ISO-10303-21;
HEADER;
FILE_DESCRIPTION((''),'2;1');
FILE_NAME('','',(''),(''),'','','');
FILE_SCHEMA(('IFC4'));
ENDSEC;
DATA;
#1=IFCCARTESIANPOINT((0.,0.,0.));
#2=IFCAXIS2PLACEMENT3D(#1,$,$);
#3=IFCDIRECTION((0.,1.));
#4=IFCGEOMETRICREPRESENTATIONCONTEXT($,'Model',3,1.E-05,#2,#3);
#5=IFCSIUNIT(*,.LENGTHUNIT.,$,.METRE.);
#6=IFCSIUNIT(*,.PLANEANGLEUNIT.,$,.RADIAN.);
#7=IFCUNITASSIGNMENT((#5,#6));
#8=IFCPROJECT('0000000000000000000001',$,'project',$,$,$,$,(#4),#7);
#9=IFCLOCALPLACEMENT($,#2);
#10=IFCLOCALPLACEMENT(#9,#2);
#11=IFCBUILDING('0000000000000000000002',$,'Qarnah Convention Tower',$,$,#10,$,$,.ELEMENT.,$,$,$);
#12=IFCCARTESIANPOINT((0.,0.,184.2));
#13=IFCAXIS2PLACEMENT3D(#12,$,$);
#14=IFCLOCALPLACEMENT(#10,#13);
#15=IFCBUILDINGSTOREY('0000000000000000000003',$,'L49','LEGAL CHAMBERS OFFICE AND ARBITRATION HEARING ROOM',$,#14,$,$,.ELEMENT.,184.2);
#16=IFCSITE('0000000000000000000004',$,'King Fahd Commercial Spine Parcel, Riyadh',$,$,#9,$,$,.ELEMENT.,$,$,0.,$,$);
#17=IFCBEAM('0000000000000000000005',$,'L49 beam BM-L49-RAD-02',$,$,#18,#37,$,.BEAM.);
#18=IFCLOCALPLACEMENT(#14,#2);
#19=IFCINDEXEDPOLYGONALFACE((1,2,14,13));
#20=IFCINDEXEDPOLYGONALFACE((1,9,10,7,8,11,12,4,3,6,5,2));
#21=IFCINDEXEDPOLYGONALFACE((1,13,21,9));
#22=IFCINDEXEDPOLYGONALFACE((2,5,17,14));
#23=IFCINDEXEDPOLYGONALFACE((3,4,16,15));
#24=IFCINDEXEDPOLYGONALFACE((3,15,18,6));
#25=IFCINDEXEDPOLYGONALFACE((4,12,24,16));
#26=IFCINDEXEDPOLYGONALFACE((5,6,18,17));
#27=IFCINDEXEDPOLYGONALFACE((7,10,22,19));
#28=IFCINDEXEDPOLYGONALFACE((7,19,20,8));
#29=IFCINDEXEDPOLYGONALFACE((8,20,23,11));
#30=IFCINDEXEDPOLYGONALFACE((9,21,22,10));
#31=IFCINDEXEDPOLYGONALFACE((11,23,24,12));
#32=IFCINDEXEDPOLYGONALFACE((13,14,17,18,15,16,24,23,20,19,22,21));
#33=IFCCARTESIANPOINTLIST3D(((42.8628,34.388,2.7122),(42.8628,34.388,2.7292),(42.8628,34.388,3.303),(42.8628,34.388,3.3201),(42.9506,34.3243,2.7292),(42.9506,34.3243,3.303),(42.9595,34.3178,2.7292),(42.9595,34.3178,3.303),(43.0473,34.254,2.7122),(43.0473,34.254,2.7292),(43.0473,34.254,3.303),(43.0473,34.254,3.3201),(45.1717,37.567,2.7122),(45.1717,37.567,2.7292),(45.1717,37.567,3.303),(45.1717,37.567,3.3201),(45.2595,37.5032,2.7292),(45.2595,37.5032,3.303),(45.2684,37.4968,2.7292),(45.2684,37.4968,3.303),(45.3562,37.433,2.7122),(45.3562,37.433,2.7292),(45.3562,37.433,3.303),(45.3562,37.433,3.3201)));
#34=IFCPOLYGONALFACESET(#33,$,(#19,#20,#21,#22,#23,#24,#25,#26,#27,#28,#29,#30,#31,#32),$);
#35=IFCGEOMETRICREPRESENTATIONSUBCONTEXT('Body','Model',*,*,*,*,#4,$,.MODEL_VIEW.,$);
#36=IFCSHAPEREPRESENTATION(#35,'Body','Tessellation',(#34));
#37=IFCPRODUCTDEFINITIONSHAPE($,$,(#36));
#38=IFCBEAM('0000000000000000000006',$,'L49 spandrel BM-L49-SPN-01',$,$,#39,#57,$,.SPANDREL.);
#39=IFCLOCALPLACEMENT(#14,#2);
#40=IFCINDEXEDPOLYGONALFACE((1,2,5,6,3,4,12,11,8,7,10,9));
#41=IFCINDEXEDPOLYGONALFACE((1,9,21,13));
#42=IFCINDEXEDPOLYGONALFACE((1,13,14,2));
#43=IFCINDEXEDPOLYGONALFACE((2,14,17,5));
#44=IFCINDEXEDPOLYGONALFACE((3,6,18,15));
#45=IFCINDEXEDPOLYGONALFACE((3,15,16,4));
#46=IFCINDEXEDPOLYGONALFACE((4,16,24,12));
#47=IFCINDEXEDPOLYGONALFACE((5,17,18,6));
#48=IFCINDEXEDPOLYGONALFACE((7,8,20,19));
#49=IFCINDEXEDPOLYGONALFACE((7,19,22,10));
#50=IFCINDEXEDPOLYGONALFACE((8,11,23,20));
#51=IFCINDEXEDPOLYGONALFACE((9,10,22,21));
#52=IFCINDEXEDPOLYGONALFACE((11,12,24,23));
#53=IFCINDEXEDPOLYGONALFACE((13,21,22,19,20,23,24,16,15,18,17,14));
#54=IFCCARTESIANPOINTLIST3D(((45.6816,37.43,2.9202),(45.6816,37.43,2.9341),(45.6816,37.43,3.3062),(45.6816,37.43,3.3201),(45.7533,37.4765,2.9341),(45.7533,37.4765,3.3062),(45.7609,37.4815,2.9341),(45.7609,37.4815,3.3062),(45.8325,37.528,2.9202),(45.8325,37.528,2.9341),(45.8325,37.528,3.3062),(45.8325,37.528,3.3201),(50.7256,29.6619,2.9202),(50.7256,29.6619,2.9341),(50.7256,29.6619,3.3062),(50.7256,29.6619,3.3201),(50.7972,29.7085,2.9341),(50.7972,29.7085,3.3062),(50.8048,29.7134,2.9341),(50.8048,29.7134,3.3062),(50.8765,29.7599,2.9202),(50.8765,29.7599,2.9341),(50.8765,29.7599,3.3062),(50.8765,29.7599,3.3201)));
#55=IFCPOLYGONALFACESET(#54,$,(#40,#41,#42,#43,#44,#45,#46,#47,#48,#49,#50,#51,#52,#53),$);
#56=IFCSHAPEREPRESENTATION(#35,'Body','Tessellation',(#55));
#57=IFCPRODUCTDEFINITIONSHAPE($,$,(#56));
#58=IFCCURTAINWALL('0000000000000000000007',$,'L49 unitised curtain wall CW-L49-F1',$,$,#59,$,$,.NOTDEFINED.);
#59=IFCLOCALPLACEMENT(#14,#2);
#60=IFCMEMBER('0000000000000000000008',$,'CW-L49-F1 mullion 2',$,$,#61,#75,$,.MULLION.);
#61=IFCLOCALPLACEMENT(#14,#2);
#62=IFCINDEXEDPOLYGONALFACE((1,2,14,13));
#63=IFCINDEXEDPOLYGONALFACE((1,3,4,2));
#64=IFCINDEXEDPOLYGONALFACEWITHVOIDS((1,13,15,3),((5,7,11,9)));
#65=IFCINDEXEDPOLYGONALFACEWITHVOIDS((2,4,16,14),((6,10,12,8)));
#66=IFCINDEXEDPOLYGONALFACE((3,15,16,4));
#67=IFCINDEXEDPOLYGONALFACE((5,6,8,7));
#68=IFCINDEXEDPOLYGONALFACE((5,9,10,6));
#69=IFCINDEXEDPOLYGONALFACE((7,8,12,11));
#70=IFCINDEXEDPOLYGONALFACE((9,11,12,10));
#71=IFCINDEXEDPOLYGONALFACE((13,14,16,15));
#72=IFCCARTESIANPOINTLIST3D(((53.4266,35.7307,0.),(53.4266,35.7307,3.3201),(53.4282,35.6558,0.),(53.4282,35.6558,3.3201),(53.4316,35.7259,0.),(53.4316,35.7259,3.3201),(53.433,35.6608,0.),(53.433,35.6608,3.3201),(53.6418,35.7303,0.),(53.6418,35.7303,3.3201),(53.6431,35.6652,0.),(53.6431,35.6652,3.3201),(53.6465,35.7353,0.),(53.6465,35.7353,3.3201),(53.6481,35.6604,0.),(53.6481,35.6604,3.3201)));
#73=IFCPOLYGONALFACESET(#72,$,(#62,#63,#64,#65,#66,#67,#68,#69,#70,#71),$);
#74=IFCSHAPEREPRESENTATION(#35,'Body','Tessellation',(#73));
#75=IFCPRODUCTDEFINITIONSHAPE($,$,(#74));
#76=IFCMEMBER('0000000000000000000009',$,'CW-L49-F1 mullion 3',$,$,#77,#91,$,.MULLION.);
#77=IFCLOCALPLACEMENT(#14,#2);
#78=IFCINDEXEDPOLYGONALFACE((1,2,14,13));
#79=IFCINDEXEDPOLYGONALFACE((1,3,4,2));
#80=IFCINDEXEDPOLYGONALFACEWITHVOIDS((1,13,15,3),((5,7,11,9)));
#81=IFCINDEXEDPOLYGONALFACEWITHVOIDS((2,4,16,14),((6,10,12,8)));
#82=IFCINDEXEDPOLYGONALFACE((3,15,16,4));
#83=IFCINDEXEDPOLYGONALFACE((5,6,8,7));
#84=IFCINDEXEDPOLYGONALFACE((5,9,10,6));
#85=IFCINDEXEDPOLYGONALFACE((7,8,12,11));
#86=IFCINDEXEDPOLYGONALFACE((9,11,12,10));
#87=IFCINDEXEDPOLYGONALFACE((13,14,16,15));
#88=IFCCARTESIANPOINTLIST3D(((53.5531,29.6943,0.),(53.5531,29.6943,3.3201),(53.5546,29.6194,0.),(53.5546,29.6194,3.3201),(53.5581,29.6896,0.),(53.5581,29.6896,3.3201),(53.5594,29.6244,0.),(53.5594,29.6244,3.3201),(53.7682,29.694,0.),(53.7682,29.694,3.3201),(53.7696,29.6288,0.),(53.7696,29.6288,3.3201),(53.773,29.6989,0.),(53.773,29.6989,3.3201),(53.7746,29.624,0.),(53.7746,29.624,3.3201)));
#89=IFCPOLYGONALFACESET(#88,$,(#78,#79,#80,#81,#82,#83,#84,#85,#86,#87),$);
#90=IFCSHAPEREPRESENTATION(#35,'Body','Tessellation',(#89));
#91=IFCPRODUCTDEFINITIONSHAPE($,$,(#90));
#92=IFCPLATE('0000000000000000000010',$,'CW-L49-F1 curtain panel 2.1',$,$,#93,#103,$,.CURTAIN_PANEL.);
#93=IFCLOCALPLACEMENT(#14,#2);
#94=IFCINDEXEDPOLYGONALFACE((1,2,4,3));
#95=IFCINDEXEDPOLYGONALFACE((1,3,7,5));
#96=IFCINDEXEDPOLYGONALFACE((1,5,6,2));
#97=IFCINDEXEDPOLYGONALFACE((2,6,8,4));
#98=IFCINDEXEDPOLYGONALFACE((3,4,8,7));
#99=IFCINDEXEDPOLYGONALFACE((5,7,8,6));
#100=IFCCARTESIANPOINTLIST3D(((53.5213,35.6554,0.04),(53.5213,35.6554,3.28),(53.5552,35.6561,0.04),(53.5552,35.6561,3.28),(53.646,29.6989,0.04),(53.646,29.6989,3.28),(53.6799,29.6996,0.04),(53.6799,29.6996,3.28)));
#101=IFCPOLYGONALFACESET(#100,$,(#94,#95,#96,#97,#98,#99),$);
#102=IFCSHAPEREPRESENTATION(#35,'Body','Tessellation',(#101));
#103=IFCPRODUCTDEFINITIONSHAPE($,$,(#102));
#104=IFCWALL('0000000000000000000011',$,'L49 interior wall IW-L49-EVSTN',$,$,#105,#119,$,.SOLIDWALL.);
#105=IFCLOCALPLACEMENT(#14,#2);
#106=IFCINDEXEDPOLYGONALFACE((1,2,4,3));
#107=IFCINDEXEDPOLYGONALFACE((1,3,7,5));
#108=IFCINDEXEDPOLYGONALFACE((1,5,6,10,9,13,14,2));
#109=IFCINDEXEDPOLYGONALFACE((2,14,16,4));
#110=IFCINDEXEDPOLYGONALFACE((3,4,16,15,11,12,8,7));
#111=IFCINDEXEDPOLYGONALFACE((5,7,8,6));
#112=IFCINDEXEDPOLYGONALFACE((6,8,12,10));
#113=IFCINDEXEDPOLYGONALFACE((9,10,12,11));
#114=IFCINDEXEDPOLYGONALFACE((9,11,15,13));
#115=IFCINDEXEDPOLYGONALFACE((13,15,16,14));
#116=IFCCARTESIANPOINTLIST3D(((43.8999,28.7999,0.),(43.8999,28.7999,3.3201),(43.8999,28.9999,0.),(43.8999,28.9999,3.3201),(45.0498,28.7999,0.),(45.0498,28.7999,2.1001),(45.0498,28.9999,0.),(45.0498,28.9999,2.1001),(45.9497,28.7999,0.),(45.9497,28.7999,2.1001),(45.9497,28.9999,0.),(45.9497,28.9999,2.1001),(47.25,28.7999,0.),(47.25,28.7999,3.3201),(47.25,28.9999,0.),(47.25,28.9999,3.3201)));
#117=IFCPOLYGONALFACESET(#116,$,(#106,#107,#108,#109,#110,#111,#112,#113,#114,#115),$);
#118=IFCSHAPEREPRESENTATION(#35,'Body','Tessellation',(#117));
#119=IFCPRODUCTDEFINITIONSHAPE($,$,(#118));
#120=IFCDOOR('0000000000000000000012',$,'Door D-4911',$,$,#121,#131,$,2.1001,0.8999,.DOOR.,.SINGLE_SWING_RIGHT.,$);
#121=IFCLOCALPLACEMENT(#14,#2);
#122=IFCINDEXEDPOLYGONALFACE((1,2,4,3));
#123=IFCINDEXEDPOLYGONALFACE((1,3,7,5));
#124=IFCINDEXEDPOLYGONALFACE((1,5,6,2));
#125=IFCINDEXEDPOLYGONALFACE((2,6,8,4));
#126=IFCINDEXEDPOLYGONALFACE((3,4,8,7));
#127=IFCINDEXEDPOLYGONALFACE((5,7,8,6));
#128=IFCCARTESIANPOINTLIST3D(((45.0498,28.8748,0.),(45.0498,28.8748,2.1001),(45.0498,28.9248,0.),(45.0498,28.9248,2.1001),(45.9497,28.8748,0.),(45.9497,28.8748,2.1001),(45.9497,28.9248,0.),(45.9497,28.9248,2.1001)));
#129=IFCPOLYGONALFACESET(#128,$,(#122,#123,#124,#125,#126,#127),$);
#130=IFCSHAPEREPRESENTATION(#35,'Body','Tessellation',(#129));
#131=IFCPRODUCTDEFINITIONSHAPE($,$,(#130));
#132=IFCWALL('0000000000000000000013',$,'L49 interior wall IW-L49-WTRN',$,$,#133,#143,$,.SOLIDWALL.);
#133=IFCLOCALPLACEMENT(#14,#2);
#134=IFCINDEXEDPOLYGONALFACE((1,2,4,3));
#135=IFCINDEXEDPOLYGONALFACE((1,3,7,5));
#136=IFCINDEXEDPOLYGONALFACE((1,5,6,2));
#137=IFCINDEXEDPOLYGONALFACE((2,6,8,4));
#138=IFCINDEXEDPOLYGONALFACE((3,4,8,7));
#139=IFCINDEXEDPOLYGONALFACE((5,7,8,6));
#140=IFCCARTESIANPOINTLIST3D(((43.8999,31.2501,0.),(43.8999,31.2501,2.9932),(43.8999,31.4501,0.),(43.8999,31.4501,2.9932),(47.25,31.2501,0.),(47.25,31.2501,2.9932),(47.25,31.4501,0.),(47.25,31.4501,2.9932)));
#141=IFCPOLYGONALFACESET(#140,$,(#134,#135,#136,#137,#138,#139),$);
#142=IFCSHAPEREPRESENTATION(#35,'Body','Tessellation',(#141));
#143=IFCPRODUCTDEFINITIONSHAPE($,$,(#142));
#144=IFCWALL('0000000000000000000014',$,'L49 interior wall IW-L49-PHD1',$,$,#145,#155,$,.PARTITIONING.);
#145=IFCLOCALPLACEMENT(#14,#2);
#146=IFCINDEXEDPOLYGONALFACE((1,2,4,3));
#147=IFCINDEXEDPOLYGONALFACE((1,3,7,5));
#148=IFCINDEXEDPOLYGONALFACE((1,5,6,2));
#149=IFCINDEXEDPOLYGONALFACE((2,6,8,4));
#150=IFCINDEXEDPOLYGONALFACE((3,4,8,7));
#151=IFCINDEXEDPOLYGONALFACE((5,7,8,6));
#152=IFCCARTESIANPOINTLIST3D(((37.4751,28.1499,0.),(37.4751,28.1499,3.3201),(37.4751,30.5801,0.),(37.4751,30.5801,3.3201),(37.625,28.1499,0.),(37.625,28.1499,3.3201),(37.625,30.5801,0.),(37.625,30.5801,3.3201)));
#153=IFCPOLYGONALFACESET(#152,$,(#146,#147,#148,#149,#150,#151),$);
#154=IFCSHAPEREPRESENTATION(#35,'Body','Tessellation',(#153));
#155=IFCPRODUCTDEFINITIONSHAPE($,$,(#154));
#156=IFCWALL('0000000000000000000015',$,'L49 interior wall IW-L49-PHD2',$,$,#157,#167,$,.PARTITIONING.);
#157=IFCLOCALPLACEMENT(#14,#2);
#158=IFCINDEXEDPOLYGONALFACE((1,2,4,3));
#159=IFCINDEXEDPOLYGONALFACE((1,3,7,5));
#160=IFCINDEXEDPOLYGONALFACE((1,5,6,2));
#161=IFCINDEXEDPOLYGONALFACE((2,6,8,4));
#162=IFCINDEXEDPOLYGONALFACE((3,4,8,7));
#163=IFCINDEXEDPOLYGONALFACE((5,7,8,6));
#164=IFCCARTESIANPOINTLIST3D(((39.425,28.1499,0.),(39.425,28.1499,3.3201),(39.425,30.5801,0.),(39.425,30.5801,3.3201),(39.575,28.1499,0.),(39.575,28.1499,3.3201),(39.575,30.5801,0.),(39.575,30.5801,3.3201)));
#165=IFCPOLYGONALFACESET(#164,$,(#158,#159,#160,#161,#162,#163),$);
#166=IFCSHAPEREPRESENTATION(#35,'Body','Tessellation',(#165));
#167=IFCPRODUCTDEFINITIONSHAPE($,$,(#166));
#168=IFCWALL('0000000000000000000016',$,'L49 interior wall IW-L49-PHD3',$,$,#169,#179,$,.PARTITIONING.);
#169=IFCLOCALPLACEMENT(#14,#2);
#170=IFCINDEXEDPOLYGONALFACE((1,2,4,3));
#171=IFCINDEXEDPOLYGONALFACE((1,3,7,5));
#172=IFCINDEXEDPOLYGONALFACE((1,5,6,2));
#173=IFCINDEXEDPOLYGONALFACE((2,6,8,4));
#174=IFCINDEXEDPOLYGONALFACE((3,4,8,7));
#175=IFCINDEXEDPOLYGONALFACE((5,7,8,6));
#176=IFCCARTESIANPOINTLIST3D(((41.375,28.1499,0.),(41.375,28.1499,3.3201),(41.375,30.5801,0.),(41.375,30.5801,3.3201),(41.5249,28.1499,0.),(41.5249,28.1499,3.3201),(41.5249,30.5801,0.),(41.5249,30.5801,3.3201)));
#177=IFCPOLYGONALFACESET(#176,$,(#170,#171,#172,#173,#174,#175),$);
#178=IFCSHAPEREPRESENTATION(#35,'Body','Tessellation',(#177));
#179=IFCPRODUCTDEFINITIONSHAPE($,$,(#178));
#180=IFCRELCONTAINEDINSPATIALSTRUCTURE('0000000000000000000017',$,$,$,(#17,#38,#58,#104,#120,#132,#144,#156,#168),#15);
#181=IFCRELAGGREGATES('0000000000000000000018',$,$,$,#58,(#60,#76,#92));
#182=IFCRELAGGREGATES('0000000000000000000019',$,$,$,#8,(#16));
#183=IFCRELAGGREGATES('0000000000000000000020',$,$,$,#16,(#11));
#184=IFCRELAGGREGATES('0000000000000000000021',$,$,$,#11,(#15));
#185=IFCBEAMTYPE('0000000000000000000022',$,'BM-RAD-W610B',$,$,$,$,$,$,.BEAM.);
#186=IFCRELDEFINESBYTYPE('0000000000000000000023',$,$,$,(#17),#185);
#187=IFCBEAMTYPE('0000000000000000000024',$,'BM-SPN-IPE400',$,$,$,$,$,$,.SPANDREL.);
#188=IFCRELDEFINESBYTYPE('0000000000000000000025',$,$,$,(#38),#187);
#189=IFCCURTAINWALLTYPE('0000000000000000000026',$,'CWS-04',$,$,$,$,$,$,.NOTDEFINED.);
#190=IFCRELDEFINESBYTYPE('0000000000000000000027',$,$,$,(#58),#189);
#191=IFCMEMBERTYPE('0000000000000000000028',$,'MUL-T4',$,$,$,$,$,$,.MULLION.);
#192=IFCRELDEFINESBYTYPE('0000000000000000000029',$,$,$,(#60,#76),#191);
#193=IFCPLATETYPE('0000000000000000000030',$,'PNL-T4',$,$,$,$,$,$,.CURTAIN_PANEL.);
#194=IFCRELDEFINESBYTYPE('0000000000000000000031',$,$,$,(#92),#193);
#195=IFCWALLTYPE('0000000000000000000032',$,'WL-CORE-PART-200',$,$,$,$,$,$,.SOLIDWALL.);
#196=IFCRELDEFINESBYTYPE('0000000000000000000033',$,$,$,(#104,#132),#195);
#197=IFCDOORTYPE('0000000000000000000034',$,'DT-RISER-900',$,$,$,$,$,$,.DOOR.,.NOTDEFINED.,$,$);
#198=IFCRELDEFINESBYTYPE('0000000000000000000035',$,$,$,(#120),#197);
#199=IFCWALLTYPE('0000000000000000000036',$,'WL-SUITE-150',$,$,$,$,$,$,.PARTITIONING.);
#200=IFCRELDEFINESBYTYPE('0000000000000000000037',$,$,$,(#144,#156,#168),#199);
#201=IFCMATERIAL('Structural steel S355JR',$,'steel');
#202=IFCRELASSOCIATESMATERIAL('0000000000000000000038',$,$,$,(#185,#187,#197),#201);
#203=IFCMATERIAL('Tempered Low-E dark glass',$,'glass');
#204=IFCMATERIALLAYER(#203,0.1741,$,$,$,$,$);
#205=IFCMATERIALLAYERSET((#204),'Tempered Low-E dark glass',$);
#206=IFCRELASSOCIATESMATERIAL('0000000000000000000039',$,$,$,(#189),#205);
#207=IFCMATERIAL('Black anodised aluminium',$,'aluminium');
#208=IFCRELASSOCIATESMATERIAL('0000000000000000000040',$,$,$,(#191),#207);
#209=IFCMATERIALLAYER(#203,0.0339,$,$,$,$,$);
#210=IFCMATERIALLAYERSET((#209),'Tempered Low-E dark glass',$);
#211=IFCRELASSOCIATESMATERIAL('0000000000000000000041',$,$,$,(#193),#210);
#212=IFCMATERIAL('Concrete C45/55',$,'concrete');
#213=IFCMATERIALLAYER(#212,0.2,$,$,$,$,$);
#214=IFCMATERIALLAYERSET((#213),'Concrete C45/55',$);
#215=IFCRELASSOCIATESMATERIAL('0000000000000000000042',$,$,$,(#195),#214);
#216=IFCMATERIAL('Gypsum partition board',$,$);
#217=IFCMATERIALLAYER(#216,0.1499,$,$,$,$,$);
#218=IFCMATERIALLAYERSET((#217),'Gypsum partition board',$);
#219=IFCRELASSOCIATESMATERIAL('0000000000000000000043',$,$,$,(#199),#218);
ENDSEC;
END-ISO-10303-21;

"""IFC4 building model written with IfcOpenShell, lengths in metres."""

from ifc_helpers import new_model, si_unit, direction, frame, frame_2d, origin, origin_2d, place, context, subcontext, project, spatial, rectangle, hollow_rectangle, i_section, extrude, material, layer, layer_set, material_profile, profile_set, type_object, element, fill, aggregate, save


model = new_model("IFC4")

# Units and contexts
model_context = context("Model", 3, precision=1e-05, world=origin(), true_north=direction((0.0, 1.0)))
body_context = subcontext(model_context, "Body", "Model", "MODEL_VIEW")
ifc_project = project(units=[si_unit("LENGTHUNIT", "METRE"), si_unit("PLANEANGLEUNIT", "RADIAN")], contexts=[model_context])

# Site, building, storey
site_placement = place(None, origin())
site = spatial("IfcSite", under=ifc_project, at=site_placement, Name="King Fahd Commercial Spine Parcel, Riyadh", CompositionType="ELEMENT", RefElevation=0.0)
building_placement = place(site_placement, origin())
building = spatial("IfcBuilding", under=site, at=building_placement, Name="Qarnah Convention Tower", CompositionType="ELEMENT")
storey_placement = place(building_placement, frame((0.0, 0.0, 184.2)))
storey = spatial("IfcBuildingStorey", under=building, at=storey_placement, Name="L49", Description="LEGAL CHAMBERS OFFICE AND ARBITRATION HEARING ROOM", CompositionType="ELEMENT", Elevation=184.2)

# Beams
ifc_material_1 = material(Name="Structural steel S355JR", Category="steel")
ifc_material_profile_1 = material_profile(ifc_material_1, i_section(OverallWidth=0.228, OverallDepth=0.6079, WebThickness=0.011, FlangeThickness=0.0171, at=origin_2d()), Name="W610X113")
ifc_profile_set_1 = profile_set([ifc_material_profile_1], Name="Structural steel S355JR")
beam_type_1 = type_object("IfcBeamType", Name="BM-RAD-W610B", PredefinedType="BEAM", material=ifc_profile_set_1)
beam_1_placement = place(storey_placement, frame((42.9551, 34.321, 3.0161), z_axis=(0.587651, 0.809115, 0.0), x_axis=(-0.809115, 0.587651, 0.0)))
element("IfcBeam", 1, at=beam_1_placement, inside=storey, type_object=beam_type_1, Name="L49 beam BM-L49-RAD-02", PredefinedType="BEAM", context=body_context, shape_type="SweptSolid", body=[
    extrude(i_section(OverallWidth=0.228, OverallDepth=0.6079, WebThickness=0.011, FlangeThickness=0.0171, at=origin_2d()), origin(), (0.0, 0.0, 1.0), 3.929),
])
ifc_material_profile_2 = material_profile(ifc_material_1, i_section(OverallWidth=0.1799, OverallDepth=0.3999, WebThickness=0.009, FlangeThickness=0.0139, at=origin_2d()), Name="IPE400")
ifc_profile_set_2 = profile_set([ifc_material_profile_2], Name="Structural steel S355JR")
beam_type_2 = type_object("IfcBeamType", Name="BM-SPN-IPE400", PredefinedType="SPANDREL", material=ifc_profile_set_2)
beam_2_placement = place(storey_placement, frame((50.801, 29.7109, 3.1201), z_axis=(-0.544586, 0.838705, 0.0), x_axis=(-0.838705, -0.544586, 0.0)))
element("IfcBeam", 2, at=beam_2_placement, inside=storey, type_object=beam_type_2, Name="L49 spandrel BM-L49-SPN-01", PredefinedType="SPANDREL", context=body_context, shape_type="SweptSolid", body=[
    extrude(i_section(OverallWidth=0.1799, OverallDepth=0.3999, WebThickness=0.009, FlangeThickness=0.0139, at=origin_2d()), origin(), (0.0, 0.0, 1.0), 9.262),
])

# Curtain wall, members, plate
ifc_material_2 = material(Name="Tempered Low-E dark glass", Category="glass")
ifc_layer_1 = layer(ifc_material_2, 0.1741)
ifc_layer_set_1 = layer_set([ifc_layer_1], Name="Tempered Low-E dark glass")
curtain_wall_type = type_object("IfcCurtainWallType", Name="CWS-04", PredefinedType="NOTDEFINED", material=ifc_layer_set_1)
curtain_wall_placement = place(storey_placement, origin())
curtain_wall = element("IfcCurtainWall", 3, at=curtain_wall_placement, inside=storey, type_object=curtain_wall_type, Name="L49 unitised curtain wall CW-L49-F1", PredefinedType="NOTDEFINED")
ifc_material_3 = material(Name="Black anodised aluminium", Category="aluminium")
ifc_material_profile_3 = material_profile(ifc_material_3, hollow_rectangle(XDim=0.075, YDim=0.22, WallThickness=0.0049, at=origin_2d()), Name="MUL-75X220")
ifc_profile_set_3 = profile_set([ifc_material_profile_3], Name="Black anodised aluminium")
member_type = type_object("IfcMemberType", Name="MUL-T4", PredefinedType="MULLION", material=ifc_profile_set_3)
member_1_placement = place(storey_placement, frame((53.5374, 35.6956, 0.0), z_axis=(0.0, 0.0, 1.0), x_axis=(0.020935, -0.999781, 0.0)))
member_1 = element("IfcMember", 4, at=member_1_placement, type_object=member_type, Name="CW-L49-F1 mullion 2", PredefinedType="MULLION", context=body_context, shape_type="SweptSolid", body=[
    extrude(hollow_rectangle(XDim=0.075, YDim=0.22, WallThickness=0.0049, at=origin_2d()), origin(), (0.0, 0.0, 1.0), 3.3201),
])
member_2_placement = place(storey_placement, frame((53.6638, 29.6592, 0.0), z_axis=(0.0, 0.0, 1.0), x_axis=(0.020935, -0.999781, 0.0)))
member_2 = element("IfcMember", 5, at=member_2_placement, type_object=member_type, Name="CW-L49-F1 mullion 3", PredefinedType="MULLION", context=body_context, shape_type="SweptSolid", body=[
    extrude(hollow_rectangle(XDim=0.075, YDim=0.22, WallThickness=0.0049, at=origin_2d()), origin(), (0.0, 0.0, 1.0), 3.3201),
])
ifc_layer_2 = layer(ifc_material_2, 0.0339)
ifc_layer_set_2 = layer_set([ifc_layer_2], Name="Tempered Low-E dark glass")
plate_type = type_object("IfcPlateType", Name="PNL-T4", PredefinedType="CURTAIN_PANEL", material=ifc_layer_set_2)
plate_placement = place(storey_placement, frame((53.6006, 32.6775, 0.04), z_axis=(0.0, 0.0, 1.0), x_axis=(0.020935, -0.999781, 0.0)))
plate = element("IfcPlate", 6, at=plate_placement, type_object=plate_type, Name="CW-L49-F1 curtain panel 2.1", PredefinedType="CURTAIN_PANEL", context=body_context, shape_type="SweptSolid", body=[
    extrude(rectangle(XDim=5.9578, YDim=0.0339, at=origin_2d()), origin(), (0.0, 0.0, 1.0), 3.24),
])
aggregate(curtain_wall, [member_1, member_2, plate])

# Wall, opening, door
ifc_material_4 = material(Name="Concrete C45/55", Category="concrete")
ifc_layer_3 = layer(ifc_material_4, 0.2)
ifc_layer_set_3 = layer_set([ifc_layer_3], Name="Concrete C45/55")
wall_type_1 = type_object("IfcWallType", Name="WL-CORE-PART-200", PredefinedType="SOLIDWALL", material=ifc_layer_set_3)
wall_1_placement = place(storey_placement, frame((43.8999, 28.8999, 0.0), z_axis=(0.0, 0.0, 1.0), x_axis=(1.0, 0.0, 0.0)))
wall_1 = element("IfcWall", 7, at=wall_1_placement, inside=storey, type_object=wall_type_1, Name="L49 interior wall IW-L49-EVSTN", PredefinedType="SOLIDWALL", context=body_context, shape_type="SweptSolid", body=[
    extrude(rectangle(XDim=3.3501, YDim=0.2, at=frame_2d((1.675, 0.0))), origin(), (0.0, 0.0, 1.0), 3.3201),
])
opening_1_placement = place(wall_1_placement, frame((1.1499, 0.0, 0.0)))
opening_1 = element("IfcOpeningElement", 8, at=opening_1_placement, cuts=wall_1, PredefinedType="OPENING", context=body_context, shape_type="SweptSolid", body=[
    extrude(rectangle(XDim=0.8999, YDim=2.1001, at=frame_2d((0.45, 1.05))), frame((0.0, 0.1099, 0.0), z_axis=(0.0, -1.0, 0.0), x_axis=(1.0, 0.0, 0.0)), (0.0, 0.0, 1.0), 0.22),
])
door_type_1 = type_object("IfcDoorType", Name="DT-RISER-900", OperationType="NOTDEFINED", PredefinedType="DOOR", material=ifc_material_1)
door_1_placement = place(opening_1_placement, origin())
door_1 = element("IfcDoor", 9, at=door_1_placement, inside=storey, type_object=door_type_1, Name="Door D-4911", OperationType="SINGLE_SWING_RIGHT", OverallHeight=2.1001, OverallWidth=0.8999, PredefinedType="DOOR", context=body_context, shape_type="SweptSolid", body=[
    extrude(rectangle(XDim=0.8999, YDim=2.1001, at=frame_2d((0.45, 1.05))), frame((0.0, 0.0249, 0.0), z_axis=(0.0, -1.0, 0.0), x_axis=(1.0, 0.0, 0.0)), (0.0, 0.0, 1.0), 0.05),
])
fill(opening_1, door_1)

# Walls
wall_2_placement = place(storey_placement, frame((43.8999, 31.3501, 0.0), z_axis=(0.0, 0.0, 1.0), x_axis=(1.0, 0.0, 0.0)))
element("IfcWall", 10, at=wall_2_placement, inside=storey, type_object=wall_type_1, Name="L49 interior wall IW-L49-WTRN", PredefinedType="SOLIDWALL", context=body_context, shape_type="SweptSolid", body=[
    extrude(rectangle(XDim=3.3501, YDim=0.2, at=frame_2d((1.675, 0.0))), origin(), (0.0, 0.0, 1.0), 2.9932),
])
ifc_material_5 = material(Name="Gypsum partition board")
ifc_layer_4 = layer(ifc_material_5, 0.1499)
ifc_layer_set_4 = layer_set([ifc_layer_4], Name="Gypsum partition board")
wall_type_2 = type_object("IfcWallType", Name="WL-SUITE-150", PredefinedType="PARTITIONING", material=ifc_layer_set_4)
for number, where, z_axis, x_axis, name in (
    (11, (37.55, 28.1499, 0.0), (0.0, 0.0, 1.0), (0.0, 1.0, 0.0), "L49 interior wall IW-L49-PHD1"),
    (12, (39.5, 28.1499, 0.0), (0.0, 0.0, 1.0), (0.0, 1.0, 0.0), "L49 interior wall IW-L49-PHD2"),
    (13, (41.45, 28.1499, 0.0), (0.0, 0.0, 1.0), (0.0, 1.0, 0.0), "L49 interior wall IW-L49-PHD3"),
):
    element("IfcWall", number, at=place(storey_placement, frame(where, z_axis=z_axis, x_axis=x_axis)), inside=storey, type_object=wall_type_2, Name=name, PredefinedType="PARTITIONING", context=body_context, shape_type="SweptSolid", body=[
        extrude(rectangle(XDim=2.4302, YDim=0.1499, at=frame_2d((1.2151, 0.0))), origin(), (0.0, 0.0, 1.0), 3.3201),
    ])

save(model, "model.ifc")
